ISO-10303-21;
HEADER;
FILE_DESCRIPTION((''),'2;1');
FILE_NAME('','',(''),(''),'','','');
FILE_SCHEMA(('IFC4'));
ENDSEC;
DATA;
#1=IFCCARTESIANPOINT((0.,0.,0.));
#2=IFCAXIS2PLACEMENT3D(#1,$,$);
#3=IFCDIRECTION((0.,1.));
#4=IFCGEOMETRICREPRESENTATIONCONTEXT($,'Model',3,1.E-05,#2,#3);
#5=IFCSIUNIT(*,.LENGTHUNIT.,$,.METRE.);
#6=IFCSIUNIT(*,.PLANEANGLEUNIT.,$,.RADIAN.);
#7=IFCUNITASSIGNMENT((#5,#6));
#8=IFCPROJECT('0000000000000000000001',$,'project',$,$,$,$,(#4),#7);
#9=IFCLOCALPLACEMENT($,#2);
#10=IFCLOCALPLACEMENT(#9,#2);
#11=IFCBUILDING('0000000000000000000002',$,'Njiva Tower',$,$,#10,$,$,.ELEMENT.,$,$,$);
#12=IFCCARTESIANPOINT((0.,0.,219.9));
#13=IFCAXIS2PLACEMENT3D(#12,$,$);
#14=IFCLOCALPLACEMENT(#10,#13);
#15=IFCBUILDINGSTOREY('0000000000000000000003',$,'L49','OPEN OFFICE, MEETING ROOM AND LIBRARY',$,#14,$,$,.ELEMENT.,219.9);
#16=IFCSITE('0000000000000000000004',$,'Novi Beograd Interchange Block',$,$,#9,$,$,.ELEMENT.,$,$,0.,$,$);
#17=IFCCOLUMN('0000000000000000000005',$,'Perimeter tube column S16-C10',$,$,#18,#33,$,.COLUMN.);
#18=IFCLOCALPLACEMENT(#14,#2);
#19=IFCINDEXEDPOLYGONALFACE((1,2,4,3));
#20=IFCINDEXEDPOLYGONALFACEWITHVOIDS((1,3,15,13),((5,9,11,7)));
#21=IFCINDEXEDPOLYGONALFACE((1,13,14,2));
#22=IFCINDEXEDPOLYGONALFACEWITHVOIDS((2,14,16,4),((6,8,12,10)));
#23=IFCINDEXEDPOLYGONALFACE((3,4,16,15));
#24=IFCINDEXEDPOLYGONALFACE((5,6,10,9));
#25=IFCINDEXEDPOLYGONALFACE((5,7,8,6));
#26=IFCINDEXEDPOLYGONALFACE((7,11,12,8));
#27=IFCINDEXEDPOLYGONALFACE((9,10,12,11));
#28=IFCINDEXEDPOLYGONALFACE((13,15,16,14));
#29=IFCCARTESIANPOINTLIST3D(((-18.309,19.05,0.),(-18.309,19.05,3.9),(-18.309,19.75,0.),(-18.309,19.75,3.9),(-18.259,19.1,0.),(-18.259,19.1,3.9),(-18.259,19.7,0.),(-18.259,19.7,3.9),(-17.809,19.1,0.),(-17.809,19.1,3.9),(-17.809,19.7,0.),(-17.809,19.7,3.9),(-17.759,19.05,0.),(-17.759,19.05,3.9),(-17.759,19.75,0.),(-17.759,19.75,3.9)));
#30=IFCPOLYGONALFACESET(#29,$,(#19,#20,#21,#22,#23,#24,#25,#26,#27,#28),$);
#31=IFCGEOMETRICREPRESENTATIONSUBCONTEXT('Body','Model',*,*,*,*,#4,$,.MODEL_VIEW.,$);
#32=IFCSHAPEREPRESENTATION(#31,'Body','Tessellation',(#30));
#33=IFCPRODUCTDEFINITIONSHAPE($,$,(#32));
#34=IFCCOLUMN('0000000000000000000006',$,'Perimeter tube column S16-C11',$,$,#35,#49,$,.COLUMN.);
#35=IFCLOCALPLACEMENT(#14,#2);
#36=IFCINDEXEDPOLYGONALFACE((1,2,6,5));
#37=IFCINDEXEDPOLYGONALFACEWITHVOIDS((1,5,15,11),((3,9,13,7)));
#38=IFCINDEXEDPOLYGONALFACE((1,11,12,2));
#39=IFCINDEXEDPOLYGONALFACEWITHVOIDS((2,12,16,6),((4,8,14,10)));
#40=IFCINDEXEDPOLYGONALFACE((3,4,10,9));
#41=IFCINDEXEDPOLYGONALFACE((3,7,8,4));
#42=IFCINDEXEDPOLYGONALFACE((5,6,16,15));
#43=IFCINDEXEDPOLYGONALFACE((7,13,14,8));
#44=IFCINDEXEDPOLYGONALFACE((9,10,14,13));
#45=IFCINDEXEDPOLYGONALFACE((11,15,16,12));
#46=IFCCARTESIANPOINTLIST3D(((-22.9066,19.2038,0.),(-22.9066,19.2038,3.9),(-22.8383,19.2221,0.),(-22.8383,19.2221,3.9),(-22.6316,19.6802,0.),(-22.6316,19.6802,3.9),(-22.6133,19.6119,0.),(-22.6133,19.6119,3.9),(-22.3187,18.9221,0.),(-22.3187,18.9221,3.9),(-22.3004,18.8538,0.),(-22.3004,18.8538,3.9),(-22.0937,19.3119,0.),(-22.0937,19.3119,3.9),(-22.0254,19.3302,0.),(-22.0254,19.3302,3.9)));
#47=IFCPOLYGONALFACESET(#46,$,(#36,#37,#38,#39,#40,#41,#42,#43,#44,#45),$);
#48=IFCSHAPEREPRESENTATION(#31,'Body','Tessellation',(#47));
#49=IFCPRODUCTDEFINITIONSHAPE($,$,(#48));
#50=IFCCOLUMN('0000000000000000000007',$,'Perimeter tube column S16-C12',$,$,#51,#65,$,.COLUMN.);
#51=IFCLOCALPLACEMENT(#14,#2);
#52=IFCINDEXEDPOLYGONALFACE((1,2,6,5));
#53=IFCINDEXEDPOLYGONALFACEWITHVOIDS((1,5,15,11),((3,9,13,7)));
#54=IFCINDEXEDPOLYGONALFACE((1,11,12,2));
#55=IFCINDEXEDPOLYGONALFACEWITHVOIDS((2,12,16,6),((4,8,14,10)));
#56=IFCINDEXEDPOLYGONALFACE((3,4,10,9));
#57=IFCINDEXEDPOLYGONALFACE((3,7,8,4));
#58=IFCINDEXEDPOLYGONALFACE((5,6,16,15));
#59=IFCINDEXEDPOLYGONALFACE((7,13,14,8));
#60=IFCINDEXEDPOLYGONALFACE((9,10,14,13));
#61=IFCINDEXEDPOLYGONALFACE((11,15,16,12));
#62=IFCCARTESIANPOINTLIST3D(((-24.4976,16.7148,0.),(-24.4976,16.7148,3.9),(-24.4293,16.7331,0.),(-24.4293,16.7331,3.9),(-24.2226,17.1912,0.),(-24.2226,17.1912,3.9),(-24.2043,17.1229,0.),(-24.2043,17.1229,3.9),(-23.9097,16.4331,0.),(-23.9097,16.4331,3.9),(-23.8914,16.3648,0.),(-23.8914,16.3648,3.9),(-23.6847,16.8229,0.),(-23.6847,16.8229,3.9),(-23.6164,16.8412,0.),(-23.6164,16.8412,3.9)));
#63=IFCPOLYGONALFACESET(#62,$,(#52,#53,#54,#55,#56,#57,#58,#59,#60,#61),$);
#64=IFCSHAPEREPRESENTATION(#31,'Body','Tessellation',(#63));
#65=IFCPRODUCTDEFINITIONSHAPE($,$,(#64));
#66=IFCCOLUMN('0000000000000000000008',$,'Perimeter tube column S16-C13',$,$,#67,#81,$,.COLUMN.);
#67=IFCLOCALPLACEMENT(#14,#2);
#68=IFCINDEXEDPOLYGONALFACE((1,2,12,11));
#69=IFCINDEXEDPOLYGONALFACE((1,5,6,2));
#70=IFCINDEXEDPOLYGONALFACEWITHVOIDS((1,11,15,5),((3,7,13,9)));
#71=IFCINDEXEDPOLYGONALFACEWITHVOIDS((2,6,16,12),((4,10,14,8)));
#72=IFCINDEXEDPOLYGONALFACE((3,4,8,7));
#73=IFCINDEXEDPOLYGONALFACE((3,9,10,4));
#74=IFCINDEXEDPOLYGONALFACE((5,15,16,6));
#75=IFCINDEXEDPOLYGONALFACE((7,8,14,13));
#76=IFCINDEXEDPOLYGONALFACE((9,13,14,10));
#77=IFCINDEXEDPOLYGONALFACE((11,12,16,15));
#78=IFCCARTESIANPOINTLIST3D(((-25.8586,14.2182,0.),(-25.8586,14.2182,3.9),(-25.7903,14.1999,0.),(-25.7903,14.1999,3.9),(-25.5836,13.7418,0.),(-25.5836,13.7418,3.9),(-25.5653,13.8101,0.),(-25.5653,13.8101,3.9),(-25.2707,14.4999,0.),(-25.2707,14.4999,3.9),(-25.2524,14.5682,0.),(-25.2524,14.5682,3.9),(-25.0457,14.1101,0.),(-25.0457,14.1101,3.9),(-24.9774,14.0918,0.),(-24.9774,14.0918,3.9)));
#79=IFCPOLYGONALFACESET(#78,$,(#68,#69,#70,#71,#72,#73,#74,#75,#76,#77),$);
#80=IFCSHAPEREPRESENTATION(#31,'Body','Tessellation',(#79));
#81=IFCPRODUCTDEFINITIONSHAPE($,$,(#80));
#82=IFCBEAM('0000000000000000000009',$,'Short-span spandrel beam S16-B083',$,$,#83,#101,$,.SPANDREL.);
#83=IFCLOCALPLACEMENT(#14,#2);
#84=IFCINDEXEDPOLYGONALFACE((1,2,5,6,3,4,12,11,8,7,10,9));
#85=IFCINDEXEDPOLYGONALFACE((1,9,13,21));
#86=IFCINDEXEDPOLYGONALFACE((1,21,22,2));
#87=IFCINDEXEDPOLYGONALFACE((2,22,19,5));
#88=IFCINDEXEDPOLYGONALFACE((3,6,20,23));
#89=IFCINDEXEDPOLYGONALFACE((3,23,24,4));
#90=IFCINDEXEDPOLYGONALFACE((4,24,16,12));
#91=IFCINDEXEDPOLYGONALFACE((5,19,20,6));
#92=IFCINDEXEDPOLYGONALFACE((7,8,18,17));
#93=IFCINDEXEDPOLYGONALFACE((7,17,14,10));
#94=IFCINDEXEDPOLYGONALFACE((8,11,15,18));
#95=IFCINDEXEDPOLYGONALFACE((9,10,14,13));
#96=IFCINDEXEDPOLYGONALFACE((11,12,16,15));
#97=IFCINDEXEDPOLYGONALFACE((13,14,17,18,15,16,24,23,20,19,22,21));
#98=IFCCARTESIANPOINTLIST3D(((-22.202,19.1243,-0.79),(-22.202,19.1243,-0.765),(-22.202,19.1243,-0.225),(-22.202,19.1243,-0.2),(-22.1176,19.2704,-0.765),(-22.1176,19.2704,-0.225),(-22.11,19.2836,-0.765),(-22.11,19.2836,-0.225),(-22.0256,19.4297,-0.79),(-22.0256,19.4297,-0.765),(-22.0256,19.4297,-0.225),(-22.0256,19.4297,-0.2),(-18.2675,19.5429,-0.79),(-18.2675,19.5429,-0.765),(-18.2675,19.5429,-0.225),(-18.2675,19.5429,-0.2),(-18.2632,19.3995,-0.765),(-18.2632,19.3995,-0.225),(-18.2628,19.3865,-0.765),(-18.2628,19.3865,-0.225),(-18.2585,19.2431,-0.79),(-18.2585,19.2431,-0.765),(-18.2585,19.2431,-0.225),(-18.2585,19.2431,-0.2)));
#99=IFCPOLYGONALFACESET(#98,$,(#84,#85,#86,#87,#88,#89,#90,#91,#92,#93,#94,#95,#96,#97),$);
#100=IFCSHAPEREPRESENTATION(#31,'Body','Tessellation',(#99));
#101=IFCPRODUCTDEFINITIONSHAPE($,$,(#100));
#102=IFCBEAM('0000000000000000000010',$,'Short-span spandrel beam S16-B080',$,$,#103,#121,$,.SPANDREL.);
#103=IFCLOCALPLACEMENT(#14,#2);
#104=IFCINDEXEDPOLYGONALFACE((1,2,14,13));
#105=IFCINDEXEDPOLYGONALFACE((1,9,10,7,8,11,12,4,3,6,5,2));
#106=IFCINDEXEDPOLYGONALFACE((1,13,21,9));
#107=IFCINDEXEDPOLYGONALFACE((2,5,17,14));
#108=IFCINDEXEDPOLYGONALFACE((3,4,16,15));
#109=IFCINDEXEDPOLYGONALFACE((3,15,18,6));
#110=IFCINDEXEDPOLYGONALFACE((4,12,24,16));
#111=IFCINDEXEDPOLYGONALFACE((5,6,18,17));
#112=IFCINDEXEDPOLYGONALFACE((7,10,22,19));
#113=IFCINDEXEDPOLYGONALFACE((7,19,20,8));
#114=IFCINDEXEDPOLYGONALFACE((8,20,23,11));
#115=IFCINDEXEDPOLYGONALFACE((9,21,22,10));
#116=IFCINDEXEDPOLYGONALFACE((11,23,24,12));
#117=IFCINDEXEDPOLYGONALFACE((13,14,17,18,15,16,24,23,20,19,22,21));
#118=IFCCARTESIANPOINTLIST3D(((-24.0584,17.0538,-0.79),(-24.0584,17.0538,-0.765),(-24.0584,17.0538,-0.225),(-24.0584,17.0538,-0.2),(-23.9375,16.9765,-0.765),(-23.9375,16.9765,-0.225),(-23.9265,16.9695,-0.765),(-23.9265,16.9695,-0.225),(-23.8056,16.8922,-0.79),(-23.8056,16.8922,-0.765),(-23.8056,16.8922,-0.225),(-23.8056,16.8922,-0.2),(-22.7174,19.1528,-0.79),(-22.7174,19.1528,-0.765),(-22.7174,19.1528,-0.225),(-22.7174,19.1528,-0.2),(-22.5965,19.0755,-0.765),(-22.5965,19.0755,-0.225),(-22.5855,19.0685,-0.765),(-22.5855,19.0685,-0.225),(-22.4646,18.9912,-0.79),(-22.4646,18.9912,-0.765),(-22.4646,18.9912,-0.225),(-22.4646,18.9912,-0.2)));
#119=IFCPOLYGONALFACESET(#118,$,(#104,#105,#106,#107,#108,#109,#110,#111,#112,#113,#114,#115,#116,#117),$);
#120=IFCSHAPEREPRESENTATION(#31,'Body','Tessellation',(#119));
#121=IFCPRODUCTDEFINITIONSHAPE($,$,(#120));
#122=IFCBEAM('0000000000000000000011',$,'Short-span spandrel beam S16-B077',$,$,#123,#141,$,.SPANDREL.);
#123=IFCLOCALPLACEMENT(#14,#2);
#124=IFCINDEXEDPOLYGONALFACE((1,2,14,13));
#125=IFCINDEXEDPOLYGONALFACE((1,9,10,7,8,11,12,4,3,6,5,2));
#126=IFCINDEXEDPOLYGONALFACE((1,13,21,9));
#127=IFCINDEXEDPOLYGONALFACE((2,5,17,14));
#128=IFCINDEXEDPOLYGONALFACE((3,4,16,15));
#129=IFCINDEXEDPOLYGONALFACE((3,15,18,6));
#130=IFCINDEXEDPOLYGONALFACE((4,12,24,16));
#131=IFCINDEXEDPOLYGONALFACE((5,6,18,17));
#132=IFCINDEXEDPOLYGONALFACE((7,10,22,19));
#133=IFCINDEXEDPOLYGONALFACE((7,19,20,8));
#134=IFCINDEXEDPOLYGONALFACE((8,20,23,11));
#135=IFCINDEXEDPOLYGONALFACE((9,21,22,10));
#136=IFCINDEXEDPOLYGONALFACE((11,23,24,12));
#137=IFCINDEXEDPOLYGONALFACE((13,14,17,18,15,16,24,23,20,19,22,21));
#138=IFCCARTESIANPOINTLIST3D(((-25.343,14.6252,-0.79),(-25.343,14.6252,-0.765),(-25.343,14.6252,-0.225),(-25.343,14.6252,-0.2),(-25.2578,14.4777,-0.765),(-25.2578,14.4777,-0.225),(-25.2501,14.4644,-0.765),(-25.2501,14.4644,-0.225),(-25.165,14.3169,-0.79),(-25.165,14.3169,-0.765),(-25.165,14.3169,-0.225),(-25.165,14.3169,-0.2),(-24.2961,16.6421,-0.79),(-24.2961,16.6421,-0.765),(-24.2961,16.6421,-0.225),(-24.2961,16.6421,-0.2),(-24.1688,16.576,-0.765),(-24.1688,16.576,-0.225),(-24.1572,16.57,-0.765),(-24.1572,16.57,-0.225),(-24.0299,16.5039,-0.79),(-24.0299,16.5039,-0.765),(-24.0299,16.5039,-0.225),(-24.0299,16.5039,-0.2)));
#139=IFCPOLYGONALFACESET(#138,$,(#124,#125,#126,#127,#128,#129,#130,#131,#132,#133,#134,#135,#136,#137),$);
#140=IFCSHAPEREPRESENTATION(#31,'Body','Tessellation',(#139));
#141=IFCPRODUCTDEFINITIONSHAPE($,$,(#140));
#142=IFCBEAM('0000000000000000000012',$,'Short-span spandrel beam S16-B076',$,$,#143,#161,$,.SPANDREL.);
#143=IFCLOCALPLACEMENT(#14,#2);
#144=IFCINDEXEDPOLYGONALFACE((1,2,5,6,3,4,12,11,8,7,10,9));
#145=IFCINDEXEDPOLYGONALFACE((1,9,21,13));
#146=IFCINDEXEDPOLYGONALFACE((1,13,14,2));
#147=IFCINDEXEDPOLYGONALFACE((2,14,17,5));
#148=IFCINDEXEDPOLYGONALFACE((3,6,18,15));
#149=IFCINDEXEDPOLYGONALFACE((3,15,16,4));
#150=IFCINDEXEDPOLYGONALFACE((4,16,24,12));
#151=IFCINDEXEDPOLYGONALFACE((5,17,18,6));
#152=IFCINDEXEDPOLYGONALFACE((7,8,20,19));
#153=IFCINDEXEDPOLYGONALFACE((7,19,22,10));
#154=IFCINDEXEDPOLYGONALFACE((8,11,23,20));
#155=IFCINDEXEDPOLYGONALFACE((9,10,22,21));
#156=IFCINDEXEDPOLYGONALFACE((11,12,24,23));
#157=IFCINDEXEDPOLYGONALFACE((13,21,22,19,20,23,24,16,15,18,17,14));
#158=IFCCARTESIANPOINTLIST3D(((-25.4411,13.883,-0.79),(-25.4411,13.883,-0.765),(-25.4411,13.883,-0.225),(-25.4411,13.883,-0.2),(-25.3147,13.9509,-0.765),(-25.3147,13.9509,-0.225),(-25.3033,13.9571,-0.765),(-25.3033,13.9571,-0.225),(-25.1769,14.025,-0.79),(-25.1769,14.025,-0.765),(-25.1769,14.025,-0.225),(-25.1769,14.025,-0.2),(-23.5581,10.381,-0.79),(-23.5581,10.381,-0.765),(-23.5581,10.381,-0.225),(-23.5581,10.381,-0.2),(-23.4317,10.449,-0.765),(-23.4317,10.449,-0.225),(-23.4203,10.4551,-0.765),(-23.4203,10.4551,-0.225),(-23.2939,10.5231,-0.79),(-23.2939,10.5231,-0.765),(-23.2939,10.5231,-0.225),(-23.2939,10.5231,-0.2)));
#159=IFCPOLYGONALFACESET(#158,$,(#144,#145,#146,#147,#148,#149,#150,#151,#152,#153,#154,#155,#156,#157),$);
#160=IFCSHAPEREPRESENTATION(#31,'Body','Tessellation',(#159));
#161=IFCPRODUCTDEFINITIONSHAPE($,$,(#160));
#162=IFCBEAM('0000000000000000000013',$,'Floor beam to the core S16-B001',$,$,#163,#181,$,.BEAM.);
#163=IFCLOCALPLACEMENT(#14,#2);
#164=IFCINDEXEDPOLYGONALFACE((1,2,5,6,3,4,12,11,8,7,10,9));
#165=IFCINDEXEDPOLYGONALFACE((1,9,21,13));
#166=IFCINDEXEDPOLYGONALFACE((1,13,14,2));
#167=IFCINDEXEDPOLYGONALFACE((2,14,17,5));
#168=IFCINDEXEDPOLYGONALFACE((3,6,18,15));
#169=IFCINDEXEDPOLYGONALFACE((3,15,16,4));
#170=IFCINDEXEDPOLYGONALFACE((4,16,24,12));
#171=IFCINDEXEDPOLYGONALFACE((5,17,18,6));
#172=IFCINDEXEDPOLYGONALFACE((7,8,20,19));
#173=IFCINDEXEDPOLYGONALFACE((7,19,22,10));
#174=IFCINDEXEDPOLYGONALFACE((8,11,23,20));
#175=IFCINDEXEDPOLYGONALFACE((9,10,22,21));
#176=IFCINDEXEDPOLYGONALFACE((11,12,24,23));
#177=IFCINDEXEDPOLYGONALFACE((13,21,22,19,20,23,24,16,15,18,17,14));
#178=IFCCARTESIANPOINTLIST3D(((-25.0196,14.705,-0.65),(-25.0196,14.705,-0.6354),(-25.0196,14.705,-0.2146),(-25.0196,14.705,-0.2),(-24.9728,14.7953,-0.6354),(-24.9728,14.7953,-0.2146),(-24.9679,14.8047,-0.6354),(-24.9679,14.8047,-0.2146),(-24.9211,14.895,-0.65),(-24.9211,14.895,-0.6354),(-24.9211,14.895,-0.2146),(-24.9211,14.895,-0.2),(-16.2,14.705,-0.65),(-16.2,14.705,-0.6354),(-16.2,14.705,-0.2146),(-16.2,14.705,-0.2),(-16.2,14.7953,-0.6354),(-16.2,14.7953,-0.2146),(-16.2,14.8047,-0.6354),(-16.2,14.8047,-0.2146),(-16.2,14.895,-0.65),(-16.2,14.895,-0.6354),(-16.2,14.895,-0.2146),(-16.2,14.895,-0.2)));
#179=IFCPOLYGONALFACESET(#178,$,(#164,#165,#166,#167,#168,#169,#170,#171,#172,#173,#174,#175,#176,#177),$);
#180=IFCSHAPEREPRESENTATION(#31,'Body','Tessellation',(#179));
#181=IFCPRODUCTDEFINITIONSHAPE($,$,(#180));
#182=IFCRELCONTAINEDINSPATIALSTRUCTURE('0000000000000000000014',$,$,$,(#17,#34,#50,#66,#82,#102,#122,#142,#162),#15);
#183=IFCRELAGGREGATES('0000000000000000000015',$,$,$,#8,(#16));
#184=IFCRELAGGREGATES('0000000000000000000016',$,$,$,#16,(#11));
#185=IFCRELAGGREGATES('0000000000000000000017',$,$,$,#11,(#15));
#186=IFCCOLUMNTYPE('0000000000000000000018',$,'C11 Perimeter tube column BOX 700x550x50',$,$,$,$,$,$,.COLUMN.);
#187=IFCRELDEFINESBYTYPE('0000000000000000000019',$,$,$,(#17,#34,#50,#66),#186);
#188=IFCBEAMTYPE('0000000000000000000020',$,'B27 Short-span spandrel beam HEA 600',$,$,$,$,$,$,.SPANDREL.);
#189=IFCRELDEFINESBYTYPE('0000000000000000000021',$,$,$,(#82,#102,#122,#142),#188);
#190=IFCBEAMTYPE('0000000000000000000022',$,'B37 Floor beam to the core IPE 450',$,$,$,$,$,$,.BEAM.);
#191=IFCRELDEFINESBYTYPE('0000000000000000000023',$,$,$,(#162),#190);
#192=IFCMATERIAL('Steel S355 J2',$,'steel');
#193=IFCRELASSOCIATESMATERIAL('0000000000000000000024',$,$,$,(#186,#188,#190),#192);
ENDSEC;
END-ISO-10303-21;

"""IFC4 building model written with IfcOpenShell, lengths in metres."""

from ifc_helpers import new_model, si_unit, direction, frame, origin, origin_2d, place, context, subcontext, project, spatial, hollow_rectangle, i_section, extrude, clip, halfspace, material, material_profile, profile_set, type_object, element, save


model = new_model("IFC4")

# Units and contexts
model_context = context("Model", 3, precision=1e-05, world=origin(), true_north=direction((0.0, 1.0)))
body_context = subcontext(model_context, "Body", "Model", "MODEL_VIEW")
ifc_project = project(units=[si_unit("LENGTHUNIT", "METRE"), si_unit("PLANEANGLEUNIT", "RADIAN")], contexts=[model_context])

# Site, building, storey
site_placement = place(None, origin())
site = spatial("IfcSite", under=ifc_project, at=site_placement, Name="Novi Beograd Interchange Block", CompositionType="ELEMENT", RefElevation=0.0)
building_placement = place(site_placement, origin())
building = spatial("IfcBuilding", under=site, at=building_placement, Name="Njiva Tower", CompositionType="ELEMENT")
storey_placement = place(building_placement, frame((0.0, 0.0, 219.9)))
storey = spatial("IfcBuildingStorey", under=building, at=storey_placement, Name="L49", Description="OPEN OFFICE, MEETING ROOM AND LIBRARY", CompositionType="ELEMENT", Elevation=219.9)

# Columns
ifc_material_1 = material(Name="Steel S355 J2", Category="steel")
ifc_material_profile_1 = material_profile(ifc_material_1, hollow_rectangle(XDim=0.55, YDim=0.7, WallThickness=0.05, at=origin_2d()), Name="BOX 700x550x50")
ifc_profile_set_1 = profile_set([ifc_material_profile_1], Name="Steel S355 J2")
column_type = type_object("IfcColumnType", Name="C11 Perimeter tube column BOX 700x550x50", PredefinedType="COLUMN", material=ifc_profile_set_1)
for number, where, z_axis, x_axis, name in (
    (1, (-18.034, 19.4, 0.0), (0.0, 0.0, 1.0), (-1.0, 0.0, 0.0), "Perimeter tube column S16-C10"),
    (2, (-22.466, 19.267, 0.0), (0.0, 0.0, 1.0), (-0.5, -0.866025, 0.0), "Perimeter tube column S16-C11"),
    (3, (-24.057, 16.778, 0.0), (0.0, 0.0, 1.0), (-0.5, -0.866025, 0.0), "Perimeter tube column S16-C12"),
    (4, (-25.418, 14.155, 0.0), (0.0, 0.0, 1.0), (0.5, -0.866025, 0.0), "Perimeter tube column S16-C13"),
):
    element("IfcColumn", number, at=place(storey_placement, frame(where, z_axis=z_axis, x_axis=x_axis)), inside=storey, type_object=column_type, Name=name, PredefinedType="COLUMN", context=body_context, shape_type="SweptSolid", body=[
        extrude(hollow_rectangle(XDim=0.55, YDim=0.7, WallThickness=0.05, at=origin_2d()), origin(), (0.0, 0.0, 1.0), 3.9),
    ])

# Beams
ifc_material_profile_2 = material_profile(ifc_material_1, i_section(OverallWidth=0.3, OverallDepth=0.59, WebThickness=0.013, FlangeThickness=0.025, at=origin_2d()), Name="HEA 600")
ifc_profile_set_2 = profile_set([ifc_material_profile_2], Name="Steel S355 J2")
beam_type_1 = type_object("IfcBeamType", Name="B27 Short-span spandrel beam HEA 600", PredefinedType="SPANDREL", material=ifc_profile_set_2)
beam_1_placement = place(storey_placement, frame((-18.263, 19.393, -0.495), z_axis=(-0.999547, -0.030108, 0.0), x_axis=(0.030108, -0.999547, 0.0)))
element("IfcBeam", 5, at=beam_1_placement, inside=storey, type_object=beam_type_1, Name="Short-span spandrel beam S16-B083", PredefinedType="SPANDREL", context=body_context, shape_type="Clipping", body=[
    clip(extrude(i_section(OverallWidth=0.3, OverallDepth=0.59, WebThickness=0.013, FlangeThickness=0.025, at=origin_2d()), origin(), (0.0, 0.0, 1.0), 3.9657), halfspace(frame((-0.0268, 0.0, 3.836), z_axis=(-0.525846, 0.0, 0.85058), x_axis=(0.0, 1.0, 0.0)), False)),
])
beam_2_placement = place(storey_placement, frame((-22.591, 19.072, -0.495), z_axis=(-0.538381, -0.842701, 0.0), x_axis=(0.842701, -0.538381, 0.0)))
element("IfcBeam", 6, at=beam_2_placement, inside=storey, type_object=beam_type_1, Name="Short-span spandrel beam S16-B080", PredefinedType="SPANDREL", context=body_context, shape_type="SweptSolid", body=[
    extrude(i_section(OverallWidth=0.3, OverallDepth=0.59, WebThickness=0.013, FlangeThickness=0.025, at=origin_2d()), origin(), (0.0, 0.0, 1.0), 2.4908),
])
beam_3_placement = place(storey_placement, frame((-24.163, 16.573, -0.495), z_axis=(-0.460675, -0.887569, 0.0), x_axis=(0.887569, -0.460675, 0.0)))
element("IfcBeam", 7, at=beam_3_placement, inside=storey, type_object=beam_type_1, Name="Short-span spandrel beam S16-B077", PredefinedType="SPANDREL", context=body_context, shape_type="Clipping", body=[
    clip(extrude(i_section(OverallWidth=0.3, OverallDepth=0.59, WebThickness=0.013, FlangeThickness=0.025, at=origin_2d()), origin(), (0.0, 0.0, 1.0), 2.4843), halfspace(frame((-0.0266, 0.0, 2.3512), z_axis=(-0.538322, 0.0, 0.842739), x_axis=(0.0, 1.0, 0.0)), False)),
])
beam_4_placement = place(storey_placement, frame((-25.309, 13.954, -0.495), z_axis=(0.473575, -0.880754, 0.0), x_axis=(0.880754, 0.473575, 0.0)))
element("IfcBeam", 8, at=beam_4_placement, inside=storey, type_object=beam_type_1, Name="Short-span spandrel beam S16-B076", PredefinedType="SPANDREL", context=body_context, shape_type="SweptSolid", body=[
    extrude(i_section(OverallWidth=0.3, OverallDepth=0.59, WebThickness=0.013, FlangeThickness=0.025, at=origin_2d()), origin(), (0.0, 0.0, 1.0), 3.9761),
])
ifc_material_profile_3 = material_profile(ifc_material_1, i_section(OverallWidth=0.19, OverallDepth=0.45, WebThickness=0.0094, FlangeThickness=0.0146, at=origin_2d()), Name="IPE 450")
ifc_profile_set_3 = profile_set([ifc_material_profile_3], Name="Steel S355 J2")
beam_type_2 = type_object("IfcBeamType", Name="B37 Floor beam to the core IPE 450", PredefinedType="BEAM", material=ifc_profile_set_3)
beam_5_placement = place(storey_placement, frame((-25.039, 14.8, -0.425), z_axis=(1.0, 0.0, 0.0), x_axis=(0.0, 1.0, 0.0)))
element("IfcBeam", 9, at=beam_5_placement, inside=storey, type_object=beam_type_2, Name="Floor beam to the core S16-B001", PredefinedType="BEAM", context=body_context, shape_type="Clipping", body=[
    clip(extrude(i_section(OverallWidth=0.19, OverallDepth=0.45, WebThickness=0.0094, FlangeThickness=0.0146, at=origin_2d()), origin(), (0.0, 0.0, 1.0), 8.839), halfspace(frame((0.023, 0.0, 0.0806), z_axis=(0.460472, 0.0, -0.887674), x_axis=(0.0, -1.0, 0.0)), False)),
])

save(model, "model.ifc")
